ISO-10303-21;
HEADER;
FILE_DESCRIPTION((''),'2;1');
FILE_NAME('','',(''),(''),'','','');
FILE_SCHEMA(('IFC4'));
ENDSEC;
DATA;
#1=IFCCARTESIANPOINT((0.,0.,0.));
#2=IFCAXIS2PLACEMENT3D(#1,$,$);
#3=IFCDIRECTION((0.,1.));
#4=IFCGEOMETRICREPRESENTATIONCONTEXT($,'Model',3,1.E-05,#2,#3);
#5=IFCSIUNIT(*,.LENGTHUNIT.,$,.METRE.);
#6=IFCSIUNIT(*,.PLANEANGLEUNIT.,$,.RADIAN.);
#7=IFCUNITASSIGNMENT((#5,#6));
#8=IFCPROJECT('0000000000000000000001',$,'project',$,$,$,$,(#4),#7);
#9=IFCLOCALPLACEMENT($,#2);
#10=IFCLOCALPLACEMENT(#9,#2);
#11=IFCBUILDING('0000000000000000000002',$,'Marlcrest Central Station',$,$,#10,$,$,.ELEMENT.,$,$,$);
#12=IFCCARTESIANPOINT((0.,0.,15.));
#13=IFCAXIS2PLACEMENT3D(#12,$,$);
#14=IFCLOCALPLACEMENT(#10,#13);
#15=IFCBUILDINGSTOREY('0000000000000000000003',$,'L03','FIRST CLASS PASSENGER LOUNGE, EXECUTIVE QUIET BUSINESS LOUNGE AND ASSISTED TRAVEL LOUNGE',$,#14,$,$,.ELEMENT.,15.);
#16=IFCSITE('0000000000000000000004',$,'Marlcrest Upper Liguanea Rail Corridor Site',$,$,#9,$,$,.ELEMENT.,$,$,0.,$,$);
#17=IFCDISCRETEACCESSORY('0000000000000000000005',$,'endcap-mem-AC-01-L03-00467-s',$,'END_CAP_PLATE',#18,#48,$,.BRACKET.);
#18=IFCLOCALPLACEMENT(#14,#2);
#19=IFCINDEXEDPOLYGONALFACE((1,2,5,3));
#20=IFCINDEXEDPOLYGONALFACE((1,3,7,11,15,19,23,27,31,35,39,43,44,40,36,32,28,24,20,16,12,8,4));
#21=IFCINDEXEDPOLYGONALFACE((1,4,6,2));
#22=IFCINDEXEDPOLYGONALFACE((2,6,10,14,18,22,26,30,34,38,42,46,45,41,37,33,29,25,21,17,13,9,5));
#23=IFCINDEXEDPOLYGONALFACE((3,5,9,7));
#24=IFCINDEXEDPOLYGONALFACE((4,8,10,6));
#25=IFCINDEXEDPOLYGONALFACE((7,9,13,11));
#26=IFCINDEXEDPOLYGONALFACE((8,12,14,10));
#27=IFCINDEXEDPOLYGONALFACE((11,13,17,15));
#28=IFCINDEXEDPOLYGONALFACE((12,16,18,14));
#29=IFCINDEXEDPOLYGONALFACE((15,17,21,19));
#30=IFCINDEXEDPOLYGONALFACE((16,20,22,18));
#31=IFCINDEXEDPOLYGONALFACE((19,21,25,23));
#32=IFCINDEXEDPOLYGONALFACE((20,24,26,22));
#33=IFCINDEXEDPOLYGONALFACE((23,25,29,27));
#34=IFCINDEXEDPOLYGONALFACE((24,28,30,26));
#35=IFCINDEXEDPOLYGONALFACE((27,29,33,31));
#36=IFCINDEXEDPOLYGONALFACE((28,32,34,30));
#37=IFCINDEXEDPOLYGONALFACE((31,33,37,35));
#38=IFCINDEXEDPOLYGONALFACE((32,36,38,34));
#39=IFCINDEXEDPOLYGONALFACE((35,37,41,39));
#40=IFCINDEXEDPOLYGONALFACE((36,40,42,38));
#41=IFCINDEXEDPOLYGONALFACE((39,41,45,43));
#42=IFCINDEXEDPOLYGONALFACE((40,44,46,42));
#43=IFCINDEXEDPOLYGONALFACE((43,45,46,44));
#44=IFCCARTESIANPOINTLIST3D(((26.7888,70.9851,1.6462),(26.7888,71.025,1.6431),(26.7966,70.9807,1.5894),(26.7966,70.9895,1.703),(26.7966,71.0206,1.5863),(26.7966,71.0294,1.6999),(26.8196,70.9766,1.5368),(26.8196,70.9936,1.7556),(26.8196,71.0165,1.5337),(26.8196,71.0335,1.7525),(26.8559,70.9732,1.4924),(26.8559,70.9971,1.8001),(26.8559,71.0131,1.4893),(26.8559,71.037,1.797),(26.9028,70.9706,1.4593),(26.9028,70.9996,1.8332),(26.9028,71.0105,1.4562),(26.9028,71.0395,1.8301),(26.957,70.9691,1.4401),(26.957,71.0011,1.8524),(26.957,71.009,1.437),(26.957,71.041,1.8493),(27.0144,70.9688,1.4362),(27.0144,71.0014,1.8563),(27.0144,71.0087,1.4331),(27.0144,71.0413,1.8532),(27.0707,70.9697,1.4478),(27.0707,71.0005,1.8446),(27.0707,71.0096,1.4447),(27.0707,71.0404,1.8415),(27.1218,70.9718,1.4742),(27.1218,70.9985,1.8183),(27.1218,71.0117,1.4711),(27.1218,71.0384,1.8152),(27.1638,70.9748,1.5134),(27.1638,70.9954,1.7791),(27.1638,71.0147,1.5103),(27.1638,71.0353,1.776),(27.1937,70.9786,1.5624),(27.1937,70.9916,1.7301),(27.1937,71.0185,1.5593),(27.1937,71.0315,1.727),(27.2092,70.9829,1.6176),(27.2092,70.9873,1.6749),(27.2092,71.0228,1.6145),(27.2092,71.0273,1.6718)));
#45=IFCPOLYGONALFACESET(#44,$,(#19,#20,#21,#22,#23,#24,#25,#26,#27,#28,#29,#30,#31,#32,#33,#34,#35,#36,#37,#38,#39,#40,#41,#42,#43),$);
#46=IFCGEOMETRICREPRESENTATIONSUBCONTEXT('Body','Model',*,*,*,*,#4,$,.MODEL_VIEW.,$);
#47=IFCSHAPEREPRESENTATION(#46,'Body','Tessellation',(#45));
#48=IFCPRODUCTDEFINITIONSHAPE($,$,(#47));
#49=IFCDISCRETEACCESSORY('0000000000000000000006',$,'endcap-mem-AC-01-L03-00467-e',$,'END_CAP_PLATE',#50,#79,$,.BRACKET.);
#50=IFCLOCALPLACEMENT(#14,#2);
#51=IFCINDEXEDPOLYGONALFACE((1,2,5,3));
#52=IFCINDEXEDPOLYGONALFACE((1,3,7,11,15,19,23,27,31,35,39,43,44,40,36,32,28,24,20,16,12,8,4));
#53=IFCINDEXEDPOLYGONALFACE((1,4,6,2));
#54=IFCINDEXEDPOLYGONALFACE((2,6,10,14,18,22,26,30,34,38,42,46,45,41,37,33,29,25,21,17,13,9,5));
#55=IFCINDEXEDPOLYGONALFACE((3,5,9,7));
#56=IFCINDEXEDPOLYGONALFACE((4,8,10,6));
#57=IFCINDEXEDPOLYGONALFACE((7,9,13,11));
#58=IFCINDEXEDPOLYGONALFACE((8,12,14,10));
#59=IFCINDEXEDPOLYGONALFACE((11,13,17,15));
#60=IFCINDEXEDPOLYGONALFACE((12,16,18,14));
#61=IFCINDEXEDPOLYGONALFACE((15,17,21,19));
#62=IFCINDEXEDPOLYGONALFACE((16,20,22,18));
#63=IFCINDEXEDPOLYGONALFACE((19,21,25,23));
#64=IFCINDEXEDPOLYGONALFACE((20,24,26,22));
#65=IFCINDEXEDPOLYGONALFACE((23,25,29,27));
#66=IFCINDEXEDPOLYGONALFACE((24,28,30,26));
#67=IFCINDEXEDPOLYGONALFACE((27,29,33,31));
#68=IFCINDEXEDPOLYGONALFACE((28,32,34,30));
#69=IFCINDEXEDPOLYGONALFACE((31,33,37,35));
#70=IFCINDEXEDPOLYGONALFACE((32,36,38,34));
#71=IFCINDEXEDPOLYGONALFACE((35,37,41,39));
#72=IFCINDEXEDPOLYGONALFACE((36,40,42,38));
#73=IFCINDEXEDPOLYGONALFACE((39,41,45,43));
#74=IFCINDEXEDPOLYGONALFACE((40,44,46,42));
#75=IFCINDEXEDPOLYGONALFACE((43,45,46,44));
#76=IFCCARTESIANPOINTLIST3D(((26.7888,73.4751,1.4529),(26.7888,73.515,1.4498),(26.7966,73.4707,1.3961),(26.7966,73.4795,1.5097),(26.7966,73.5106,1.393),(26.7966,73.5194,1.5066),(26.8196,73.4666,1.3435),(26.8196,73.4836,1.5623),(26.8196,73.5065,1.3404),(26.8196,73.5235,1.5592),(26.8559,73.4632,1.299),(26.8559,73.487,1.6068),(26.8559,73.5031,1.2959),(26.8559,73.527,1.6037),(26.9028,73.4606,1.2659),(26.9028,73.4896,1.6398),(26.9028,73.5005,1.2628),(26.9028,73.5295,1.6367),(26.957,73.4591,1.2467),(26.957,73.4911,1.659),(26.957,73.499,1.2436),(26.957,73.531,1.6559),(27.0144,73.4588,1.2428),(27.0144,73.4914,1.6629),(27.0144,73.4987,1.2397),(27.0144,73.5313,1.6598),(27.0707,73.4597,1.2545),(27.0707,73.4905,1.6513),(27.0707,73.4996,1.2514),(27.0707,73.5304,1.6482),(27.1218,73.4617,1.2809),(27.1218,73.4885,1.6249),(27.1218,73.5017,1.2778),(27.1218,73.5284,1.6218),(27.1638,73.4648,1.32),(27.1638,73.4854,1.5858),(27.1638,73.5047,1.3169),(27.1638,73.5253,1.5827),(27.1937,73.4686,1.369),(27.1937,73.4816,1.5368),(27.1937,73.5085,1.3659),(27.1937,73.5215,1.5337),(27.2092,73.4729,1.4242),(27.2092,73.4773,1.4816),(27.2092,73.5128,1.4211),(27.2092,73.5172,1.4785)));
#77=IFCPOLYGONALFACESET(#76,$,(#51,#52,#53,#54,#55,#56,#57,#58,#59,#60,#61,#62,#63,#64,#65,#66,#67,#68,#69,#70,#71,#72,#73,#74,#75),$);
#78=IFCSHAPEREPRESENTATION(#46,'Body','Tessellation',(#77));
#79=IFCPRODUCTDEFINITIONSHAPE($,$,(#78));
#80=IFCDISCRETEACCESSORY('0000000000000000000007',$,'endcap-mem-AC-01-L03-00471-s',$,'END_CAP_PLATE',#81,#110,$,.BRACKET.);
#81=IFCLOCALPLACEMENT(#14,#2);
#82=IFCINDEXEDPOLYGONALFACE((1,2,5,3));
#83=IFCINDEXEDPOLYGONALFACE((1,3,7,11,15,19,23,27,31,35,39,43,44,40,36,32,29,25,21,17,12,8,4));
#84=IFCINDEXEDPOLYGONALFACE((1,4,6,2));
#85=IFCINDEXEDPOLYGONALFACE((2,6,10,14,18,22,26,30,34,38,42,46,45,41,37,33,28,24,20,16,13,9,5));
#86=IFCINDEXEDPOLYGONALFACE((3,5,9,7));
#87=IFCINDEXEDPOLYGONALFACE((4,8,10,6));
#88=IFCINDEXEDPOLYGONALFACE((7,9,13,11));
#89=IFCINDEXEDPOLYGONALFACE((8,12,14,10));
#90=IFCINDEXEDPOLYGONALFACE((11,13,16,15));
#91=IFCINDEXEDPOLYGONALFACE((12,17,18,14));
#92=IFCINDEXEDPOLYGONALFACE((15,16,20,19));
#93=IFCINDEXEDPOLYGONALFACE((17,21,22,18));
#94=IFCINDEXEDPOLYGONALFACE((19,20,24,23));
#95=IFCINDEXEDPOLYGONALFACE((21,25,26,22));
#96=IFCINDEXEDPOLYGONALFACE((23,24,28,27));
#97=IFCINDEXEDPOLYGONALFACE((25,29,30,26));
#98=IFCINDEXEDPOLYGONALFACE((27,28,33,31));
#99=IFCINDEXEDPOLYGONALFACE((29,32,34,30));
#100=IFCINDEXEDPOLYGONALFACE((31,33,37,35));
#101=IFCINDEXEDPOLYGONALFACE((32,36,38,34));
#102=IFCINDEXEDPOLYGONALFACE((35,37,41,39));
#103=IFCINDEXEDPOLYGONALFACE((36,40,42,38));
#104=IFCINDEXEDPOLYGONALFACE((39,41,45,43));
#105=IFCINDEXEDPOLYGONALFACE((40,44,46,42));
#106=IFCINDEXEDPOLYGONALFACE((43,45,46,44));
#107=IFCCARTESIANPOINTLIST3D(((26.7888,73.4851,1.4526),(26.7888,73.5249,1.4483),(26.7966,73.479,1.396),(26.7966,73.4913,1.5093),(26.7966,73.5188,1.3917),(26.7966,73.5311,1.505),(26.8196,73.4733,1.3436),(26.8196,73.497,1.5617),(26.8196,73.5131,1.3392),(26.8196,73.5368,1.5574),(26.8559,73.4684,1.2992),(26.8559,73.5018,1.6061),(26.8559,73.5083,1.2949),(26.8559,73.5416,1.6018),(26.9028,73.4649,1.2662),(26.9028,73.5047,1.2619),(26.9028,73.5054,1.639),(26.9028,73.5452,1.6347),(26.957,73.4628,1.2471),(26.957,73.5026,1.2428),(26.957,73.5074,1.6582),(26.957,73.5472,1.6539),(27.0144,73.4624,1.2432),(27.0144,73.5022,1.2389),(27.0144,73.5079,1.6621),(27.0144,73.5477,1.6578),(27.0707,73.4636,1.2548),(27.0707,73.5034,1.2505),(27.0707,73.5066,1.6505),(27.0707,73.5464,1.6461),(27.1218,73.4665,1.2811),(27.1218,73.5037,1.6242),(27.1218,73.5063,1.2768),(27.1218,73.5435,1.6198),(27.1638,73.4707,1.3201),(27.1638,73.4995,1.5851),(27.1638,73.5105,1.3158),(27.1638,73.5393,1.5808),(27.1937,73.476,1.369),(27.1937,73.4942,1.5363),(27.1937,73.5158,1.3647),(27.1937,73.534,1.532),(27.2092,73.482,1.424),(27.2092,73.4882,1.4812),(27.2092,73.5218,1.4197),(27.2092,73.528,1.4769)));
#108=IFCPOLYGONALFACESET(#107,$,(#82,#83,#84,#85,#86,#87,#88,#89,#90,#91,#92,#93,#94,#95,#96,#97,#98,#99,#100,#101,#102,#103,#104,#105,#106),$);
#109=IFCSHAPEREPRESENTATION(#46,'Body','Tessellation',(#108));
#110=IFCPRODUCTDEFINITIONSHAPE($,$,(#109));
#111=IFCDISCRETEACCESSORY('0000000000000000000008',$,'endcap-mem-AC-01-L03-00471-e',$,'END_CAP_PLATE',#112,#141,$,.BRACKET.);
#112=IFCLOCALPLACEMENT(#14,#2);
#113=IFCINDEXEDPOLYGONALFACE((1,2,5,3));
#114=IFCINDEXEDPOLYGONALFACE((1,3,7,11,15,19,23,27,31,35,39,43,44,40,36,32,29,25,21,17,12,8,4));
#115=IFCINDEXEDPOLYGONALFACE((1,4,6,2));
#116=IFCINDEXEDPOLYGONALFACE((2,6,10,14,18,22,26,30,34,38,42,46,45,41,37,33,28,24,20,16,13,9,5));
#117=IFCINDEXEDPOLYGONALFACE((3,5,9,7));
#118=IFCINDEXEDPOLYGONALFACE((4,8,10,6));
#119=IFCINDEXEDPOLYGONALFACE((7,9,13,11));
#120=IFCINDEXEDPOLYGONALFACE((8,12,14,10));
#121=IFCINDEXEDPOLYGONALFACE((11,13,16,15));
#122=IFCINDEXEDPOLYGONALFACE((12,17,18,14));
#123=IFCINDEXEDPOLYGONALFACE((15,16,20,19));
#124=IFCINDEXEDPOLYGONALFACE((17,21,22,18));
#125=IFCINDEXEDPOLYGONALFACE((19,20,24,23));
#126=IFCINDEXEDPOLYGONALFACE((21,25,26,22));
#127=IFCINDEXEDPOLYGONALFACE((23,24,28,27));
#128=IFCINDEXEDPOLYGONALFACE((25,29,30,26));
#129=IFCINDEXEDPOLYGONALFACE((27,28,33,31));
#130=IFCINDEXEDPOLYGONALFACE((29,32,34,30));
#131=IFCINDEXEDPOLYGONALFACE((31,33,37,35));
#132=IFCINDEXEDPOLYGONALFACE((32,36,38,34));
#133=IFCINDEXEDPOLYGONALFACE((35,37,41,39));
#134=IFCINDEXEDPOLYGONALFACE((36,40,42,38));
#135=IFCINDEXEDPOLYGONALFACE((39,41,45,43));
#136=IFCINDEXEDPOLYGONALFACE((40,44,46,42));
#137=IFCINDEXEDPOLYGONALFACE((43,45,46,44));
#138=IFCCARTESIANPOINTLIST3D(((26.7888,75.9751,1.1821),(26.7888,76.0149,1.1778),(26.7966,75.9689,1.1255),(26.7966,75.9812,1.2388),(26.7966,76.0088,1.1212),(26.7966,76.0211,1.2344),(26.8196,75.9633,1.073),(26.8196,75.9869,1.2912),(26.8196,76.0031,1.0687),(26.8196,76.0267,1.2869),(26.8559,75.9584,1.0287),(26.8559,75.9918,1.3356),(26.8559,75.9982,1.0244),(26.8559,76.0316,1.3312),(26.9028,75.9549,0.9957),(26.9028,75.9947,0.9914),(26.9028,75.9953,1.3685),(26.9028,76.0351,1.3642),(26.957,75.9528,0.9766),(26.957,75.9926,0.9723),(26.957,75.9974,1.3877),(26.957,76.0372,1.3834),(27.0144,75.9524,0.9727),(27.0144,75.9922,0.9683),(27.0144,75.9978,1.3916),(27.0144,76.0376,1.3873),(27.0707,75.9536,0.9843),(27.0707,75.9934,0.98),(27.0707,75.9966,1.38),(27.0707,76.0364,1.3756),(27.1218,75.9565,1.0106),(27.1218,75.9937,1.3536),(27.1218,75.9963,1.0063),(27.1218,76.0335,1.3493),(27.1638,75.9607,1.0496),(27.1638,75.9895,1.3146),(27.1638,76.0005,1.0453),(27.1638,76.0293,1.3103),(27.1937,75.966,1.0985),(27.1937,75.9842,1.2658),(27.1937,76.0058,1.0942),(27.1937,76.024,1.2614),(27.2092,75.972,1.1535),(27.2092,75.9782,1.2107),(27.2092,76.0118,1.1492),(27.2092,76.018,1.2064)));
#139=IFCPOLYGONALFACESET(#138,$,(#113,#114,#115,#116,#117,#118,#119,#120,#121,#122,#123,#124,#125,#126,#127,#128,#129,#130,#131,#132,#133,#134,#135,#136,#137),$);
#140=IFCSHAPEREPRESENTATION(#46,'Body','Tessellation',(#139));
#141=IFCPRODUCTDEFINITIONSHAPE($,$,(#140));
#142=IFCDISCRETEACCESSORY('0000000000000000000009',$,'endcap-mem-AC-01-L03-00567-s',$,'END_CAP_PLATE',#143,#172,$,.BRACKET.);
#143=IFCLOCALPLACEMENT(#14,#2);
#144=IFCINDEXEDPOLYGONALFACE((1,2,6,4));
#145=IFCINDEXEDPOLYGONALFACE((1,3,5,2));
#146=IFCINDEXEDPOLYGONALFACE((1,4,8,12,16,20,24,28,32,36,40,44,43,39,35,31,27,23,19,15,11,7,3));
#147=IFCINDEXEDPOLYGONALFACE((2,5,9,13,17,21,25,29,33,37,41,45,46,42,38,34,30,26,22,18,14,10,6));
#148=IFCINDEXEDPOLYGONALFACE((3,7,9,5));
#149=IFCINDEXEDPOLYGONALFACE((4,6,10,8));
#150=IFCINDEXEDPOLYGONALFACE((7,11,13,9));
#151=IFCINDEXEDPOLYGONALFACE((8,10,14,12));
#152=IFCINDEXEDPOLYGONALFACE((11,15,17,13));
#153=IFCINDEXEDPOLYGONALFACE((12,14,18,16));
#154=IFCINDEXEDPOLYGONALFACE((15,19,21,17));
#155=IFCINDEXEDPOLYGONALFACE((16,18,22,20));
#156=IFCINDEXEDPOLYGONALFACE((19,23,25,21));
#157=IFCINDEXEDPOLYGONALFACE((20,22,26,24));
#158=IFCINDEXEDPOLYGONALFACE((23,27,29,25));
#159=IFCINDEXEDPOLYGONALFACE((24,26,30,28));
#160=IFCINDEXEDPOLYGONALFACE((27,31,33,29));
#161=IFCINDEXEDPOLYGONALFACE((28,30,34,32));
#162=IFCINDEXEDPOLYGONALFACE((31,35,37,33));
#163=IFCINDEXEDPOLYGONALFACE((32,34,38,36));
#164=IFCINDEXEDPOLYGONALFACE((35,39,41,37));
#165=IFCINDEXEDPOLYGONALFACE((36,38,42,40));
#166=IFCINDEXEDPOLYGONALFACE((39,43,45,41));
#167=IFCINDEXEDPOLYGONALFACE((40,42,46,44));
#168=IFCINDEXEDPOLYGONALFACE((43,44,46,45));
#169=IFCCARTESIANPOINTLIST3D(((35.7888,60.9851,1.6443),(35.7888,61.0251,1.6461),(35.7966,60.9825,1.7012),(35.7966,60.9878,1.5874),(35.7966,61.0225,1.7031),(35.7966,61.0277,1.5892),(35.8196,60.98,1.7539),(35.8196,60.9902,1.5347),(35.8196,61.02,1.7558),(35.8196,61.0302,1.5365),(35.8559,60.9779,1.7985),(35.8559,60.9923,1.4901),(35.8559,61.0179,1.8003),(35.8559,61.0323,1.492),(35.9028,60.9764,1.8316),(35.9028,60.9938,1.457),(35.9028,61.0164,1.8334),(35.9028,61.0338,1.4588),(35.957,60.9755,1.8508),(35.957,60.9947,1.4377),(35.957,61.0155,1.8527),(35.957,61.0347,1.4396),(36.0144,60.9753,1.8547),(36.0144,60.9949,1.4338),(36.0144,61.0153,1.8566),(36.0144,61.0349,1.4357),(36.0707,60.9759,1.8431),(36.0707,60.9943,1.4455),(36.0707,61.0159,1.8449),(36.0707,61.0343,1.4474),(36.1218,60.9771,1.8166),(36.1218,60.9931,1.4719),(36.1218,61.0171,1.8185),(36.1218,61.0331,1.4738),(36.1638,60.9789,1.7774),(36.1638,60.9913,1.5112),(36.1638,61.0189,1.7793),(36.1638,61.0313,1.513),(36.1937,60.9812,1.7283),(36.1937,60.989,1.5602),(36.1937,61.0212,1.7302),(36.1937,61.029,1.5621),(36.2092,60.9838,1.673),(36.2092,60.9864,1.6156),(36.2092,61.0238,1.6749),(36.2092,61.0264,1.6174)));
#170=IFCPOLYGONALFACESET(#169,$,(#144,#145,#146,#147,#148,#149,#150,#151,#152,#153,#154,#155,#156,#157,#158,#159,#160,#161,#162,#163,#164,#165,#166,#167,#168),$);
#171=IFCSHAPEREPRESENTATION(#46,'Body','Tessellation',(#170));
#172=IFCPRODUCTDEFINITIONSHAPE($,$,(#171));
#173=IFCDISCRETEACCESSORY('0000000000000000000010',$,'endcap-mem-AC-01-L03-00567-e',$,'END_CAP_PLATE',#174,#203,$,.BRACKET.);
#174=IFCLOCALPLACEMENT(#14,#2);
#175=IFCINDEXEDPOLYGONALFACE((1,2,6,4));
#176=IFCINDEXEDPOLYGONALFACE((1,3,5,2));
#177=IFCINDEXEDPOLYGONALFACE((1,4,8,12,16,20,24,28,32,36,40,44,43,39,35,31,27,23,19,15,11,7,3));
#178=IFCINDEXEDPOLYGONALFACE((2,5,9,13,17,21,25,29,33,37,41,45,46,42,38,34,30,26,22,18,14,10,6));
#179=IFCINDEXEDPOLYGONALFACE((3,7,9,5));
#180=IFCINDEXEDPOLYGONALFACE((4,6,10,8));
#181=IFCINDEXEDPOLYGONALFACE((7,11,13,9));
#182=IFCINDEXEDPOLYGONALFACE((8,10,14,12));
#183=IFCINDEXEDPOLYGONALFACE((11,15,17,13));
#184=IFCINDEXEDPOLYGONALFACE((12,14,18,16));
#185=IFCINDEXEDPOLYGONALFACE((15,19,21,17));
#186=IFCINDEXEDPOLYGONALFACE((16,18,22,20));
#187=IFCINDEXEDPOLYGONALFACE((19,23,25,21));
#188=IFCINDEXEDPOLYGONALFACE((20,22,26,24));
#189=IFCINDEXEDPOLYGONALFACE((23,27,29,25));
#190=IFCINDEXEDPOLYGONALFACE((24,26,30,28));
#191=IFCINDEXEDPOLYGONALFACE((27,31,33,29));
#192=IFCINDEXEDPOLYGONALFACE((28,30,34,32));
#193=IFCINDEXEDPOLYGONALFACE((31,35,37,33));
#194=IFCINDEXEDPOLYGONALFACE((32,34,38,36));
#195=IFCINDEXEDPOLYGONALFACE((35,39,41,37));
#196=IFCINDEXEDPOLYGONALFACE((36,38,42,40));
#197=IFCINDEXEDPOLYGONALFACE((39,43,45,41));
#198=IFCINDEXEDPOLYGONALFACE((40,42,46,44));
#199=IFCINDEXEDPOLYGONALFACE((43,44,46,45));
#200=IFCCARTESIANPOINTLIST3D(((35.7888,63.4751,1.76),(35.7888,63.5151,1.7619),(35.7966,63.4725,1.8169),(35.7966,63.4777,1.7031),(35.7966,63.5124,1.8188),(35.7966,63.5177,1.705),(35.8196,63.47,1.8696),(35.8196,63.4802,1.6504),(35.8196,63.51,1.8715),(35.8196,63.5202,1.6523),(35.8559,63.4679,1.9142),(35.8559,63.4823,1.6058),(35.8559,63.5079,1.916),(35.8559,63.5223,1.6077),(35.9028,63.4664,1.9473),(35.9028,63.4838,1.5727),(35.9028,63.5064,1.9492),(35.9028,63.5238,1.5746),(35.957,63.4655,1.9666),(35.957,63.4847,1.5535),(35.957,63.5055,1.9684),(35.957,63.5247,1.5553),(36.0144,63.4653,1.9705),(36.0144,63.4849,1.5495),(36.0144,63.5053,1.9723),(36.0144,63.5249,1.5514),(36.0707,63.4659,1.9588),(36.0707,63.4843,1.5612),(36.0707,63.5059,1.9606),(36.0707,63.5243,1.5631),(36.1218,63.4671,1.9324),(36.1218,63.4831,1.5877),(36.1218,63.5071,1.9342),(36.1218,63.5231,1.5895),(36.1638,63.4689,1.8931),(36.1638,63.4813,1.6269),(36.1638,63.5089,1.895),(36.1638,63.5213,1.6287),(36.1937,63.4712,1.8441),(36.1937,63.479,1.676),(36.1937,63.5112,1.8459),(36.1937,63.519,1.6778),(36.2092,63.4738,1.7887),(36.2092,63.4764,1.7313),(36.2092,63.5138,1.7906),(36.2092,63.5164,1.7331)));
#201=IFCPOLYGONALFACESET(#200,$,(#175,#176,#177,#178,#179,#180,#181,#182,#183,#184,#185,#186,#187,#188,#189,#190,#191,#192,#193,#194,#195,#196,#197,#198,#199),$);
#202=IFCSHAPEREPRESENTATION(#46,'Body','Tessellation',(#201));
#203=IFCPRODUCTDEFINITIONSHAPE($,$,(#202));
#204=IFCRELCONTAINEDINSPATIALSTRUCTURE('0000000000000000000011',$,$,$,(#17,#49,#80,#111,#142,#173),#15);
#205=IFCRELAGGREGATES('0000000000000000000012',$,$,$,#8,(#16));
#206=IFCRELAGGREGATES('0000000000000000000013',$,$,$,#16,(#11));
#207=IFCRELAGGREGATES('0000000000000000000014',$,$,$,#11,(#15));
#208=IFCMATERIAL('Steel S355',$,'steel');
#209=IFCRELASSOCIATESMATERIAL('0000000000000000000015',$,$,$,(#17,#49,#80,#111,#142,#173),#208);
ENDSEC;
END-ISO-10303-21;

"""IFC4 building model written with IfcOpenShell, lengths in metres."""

from ifc_helpers import new_model, si_unit, direction, frame, origin, origin_2d, place, context, subcontext, project, spatial, circle, extrude, material, element, save


model = new_model("IFC4")

# Units and contexts
model_context = context("Model", 3, precision=1e-05, world=origin(), true_north=direction((0.0, 1.0)))
body_context = subcontext(model_context, "Body", "Model", "MODEL_VIEW")
ifc_project = project(units=[si_unit("LENGTHUNIT", "METRE"), si_unit("PLANEANGLEUNIT", "RADIAN")], contexts=[model_context])

# Site, building, storey
site_placement = place(None, origin())
site = spatial("IfcSite", under=ifc_project, at=site_placement, Name="Marlcrest Upper Liguanea Rail Corridor Site", CompositionType="ELEMENT", RefElevation=0.0)
building_placement = place(site_placement, origin())
building = spatial("IfcBuilding", under=site, at=building_placement, Name="Marlcrest Central Station", CompositionType="ELEMENT")
storey_placement = place(building_placement, frame((0.0, 0.0, 15.0)))
storey = spatial("IfcBuildingStorey", under=building, at=storey_placement, Name="L03", Description="FIRST CLASS PASSENGER LOUNGE, EXECUTIVE QUIET BUSINESS LOUNGE AND ASSISTED TRAVEL LOUNGE", CompositionType="ELEMENT", Elevation=15.0)

# Shared definitions
ifc_material_1 = material(Name="Steel S355", Category="steel")

# Discrete accessories
for number, where, z_axis, x_axis, name in (
    (1, (27.0, 70.9851, 1.6462), (0.0, 0.997, -0.077404), (-1.0, 0.0, 0.0), "endcap-mem-AC-01-L03-00467-s"),
    (2, (27.0, 73.4751, 1.4529), (0.0, 0.997, -0.077404), (-1.0, 0.0, 0.0), "endcap-mem-AC-01-L03-00467-e"),
    (3, (27.0, 73.4851, 1.4526), (0.0, 0.994155, -0.107959), (-1.0, 0.0, 0.0), "endcap-mem-AC-01-L03-00471-s"),
    (4, (27.0, 75.9751, 1.1821), (0.0, 0.994155, -0.107959), (-1.0, 0.0, 0.0), "endcap-mem-AC-01-L03-00471-e"),
    (5, (36.0, 60.9851, 1.6443), (0.0, 0.998921, 0.046434), (-1.0, 0.0, 0.0), "endcap-mem-AC-01-L03-00567-s"),
    (6, (36.0, 63.4751, 1.76), (0.0, 0.998921, 0.046434), (-1.0, 0.0, 0.0), "endcap-mem-AC-01-L03-00567-e"),
):
    element("IfcDiscreteAccessory", number, at=place(storey_placement, frame(where, z_axis=z_axis, x_axis=x_axis)), inside=storey, material=ifc_material_1, Name=name, ObjectType="END_CAP_PLATE", PredefinedType="BRACKET", context=body_context, shape_type="SweptSolid", body=[
        extrude(circle(Radius=0.2112, at=origin_2d()), origin(), (0.0, 0.0, 1.0), 0.04),
    ])

save(model, "model.ifc")
